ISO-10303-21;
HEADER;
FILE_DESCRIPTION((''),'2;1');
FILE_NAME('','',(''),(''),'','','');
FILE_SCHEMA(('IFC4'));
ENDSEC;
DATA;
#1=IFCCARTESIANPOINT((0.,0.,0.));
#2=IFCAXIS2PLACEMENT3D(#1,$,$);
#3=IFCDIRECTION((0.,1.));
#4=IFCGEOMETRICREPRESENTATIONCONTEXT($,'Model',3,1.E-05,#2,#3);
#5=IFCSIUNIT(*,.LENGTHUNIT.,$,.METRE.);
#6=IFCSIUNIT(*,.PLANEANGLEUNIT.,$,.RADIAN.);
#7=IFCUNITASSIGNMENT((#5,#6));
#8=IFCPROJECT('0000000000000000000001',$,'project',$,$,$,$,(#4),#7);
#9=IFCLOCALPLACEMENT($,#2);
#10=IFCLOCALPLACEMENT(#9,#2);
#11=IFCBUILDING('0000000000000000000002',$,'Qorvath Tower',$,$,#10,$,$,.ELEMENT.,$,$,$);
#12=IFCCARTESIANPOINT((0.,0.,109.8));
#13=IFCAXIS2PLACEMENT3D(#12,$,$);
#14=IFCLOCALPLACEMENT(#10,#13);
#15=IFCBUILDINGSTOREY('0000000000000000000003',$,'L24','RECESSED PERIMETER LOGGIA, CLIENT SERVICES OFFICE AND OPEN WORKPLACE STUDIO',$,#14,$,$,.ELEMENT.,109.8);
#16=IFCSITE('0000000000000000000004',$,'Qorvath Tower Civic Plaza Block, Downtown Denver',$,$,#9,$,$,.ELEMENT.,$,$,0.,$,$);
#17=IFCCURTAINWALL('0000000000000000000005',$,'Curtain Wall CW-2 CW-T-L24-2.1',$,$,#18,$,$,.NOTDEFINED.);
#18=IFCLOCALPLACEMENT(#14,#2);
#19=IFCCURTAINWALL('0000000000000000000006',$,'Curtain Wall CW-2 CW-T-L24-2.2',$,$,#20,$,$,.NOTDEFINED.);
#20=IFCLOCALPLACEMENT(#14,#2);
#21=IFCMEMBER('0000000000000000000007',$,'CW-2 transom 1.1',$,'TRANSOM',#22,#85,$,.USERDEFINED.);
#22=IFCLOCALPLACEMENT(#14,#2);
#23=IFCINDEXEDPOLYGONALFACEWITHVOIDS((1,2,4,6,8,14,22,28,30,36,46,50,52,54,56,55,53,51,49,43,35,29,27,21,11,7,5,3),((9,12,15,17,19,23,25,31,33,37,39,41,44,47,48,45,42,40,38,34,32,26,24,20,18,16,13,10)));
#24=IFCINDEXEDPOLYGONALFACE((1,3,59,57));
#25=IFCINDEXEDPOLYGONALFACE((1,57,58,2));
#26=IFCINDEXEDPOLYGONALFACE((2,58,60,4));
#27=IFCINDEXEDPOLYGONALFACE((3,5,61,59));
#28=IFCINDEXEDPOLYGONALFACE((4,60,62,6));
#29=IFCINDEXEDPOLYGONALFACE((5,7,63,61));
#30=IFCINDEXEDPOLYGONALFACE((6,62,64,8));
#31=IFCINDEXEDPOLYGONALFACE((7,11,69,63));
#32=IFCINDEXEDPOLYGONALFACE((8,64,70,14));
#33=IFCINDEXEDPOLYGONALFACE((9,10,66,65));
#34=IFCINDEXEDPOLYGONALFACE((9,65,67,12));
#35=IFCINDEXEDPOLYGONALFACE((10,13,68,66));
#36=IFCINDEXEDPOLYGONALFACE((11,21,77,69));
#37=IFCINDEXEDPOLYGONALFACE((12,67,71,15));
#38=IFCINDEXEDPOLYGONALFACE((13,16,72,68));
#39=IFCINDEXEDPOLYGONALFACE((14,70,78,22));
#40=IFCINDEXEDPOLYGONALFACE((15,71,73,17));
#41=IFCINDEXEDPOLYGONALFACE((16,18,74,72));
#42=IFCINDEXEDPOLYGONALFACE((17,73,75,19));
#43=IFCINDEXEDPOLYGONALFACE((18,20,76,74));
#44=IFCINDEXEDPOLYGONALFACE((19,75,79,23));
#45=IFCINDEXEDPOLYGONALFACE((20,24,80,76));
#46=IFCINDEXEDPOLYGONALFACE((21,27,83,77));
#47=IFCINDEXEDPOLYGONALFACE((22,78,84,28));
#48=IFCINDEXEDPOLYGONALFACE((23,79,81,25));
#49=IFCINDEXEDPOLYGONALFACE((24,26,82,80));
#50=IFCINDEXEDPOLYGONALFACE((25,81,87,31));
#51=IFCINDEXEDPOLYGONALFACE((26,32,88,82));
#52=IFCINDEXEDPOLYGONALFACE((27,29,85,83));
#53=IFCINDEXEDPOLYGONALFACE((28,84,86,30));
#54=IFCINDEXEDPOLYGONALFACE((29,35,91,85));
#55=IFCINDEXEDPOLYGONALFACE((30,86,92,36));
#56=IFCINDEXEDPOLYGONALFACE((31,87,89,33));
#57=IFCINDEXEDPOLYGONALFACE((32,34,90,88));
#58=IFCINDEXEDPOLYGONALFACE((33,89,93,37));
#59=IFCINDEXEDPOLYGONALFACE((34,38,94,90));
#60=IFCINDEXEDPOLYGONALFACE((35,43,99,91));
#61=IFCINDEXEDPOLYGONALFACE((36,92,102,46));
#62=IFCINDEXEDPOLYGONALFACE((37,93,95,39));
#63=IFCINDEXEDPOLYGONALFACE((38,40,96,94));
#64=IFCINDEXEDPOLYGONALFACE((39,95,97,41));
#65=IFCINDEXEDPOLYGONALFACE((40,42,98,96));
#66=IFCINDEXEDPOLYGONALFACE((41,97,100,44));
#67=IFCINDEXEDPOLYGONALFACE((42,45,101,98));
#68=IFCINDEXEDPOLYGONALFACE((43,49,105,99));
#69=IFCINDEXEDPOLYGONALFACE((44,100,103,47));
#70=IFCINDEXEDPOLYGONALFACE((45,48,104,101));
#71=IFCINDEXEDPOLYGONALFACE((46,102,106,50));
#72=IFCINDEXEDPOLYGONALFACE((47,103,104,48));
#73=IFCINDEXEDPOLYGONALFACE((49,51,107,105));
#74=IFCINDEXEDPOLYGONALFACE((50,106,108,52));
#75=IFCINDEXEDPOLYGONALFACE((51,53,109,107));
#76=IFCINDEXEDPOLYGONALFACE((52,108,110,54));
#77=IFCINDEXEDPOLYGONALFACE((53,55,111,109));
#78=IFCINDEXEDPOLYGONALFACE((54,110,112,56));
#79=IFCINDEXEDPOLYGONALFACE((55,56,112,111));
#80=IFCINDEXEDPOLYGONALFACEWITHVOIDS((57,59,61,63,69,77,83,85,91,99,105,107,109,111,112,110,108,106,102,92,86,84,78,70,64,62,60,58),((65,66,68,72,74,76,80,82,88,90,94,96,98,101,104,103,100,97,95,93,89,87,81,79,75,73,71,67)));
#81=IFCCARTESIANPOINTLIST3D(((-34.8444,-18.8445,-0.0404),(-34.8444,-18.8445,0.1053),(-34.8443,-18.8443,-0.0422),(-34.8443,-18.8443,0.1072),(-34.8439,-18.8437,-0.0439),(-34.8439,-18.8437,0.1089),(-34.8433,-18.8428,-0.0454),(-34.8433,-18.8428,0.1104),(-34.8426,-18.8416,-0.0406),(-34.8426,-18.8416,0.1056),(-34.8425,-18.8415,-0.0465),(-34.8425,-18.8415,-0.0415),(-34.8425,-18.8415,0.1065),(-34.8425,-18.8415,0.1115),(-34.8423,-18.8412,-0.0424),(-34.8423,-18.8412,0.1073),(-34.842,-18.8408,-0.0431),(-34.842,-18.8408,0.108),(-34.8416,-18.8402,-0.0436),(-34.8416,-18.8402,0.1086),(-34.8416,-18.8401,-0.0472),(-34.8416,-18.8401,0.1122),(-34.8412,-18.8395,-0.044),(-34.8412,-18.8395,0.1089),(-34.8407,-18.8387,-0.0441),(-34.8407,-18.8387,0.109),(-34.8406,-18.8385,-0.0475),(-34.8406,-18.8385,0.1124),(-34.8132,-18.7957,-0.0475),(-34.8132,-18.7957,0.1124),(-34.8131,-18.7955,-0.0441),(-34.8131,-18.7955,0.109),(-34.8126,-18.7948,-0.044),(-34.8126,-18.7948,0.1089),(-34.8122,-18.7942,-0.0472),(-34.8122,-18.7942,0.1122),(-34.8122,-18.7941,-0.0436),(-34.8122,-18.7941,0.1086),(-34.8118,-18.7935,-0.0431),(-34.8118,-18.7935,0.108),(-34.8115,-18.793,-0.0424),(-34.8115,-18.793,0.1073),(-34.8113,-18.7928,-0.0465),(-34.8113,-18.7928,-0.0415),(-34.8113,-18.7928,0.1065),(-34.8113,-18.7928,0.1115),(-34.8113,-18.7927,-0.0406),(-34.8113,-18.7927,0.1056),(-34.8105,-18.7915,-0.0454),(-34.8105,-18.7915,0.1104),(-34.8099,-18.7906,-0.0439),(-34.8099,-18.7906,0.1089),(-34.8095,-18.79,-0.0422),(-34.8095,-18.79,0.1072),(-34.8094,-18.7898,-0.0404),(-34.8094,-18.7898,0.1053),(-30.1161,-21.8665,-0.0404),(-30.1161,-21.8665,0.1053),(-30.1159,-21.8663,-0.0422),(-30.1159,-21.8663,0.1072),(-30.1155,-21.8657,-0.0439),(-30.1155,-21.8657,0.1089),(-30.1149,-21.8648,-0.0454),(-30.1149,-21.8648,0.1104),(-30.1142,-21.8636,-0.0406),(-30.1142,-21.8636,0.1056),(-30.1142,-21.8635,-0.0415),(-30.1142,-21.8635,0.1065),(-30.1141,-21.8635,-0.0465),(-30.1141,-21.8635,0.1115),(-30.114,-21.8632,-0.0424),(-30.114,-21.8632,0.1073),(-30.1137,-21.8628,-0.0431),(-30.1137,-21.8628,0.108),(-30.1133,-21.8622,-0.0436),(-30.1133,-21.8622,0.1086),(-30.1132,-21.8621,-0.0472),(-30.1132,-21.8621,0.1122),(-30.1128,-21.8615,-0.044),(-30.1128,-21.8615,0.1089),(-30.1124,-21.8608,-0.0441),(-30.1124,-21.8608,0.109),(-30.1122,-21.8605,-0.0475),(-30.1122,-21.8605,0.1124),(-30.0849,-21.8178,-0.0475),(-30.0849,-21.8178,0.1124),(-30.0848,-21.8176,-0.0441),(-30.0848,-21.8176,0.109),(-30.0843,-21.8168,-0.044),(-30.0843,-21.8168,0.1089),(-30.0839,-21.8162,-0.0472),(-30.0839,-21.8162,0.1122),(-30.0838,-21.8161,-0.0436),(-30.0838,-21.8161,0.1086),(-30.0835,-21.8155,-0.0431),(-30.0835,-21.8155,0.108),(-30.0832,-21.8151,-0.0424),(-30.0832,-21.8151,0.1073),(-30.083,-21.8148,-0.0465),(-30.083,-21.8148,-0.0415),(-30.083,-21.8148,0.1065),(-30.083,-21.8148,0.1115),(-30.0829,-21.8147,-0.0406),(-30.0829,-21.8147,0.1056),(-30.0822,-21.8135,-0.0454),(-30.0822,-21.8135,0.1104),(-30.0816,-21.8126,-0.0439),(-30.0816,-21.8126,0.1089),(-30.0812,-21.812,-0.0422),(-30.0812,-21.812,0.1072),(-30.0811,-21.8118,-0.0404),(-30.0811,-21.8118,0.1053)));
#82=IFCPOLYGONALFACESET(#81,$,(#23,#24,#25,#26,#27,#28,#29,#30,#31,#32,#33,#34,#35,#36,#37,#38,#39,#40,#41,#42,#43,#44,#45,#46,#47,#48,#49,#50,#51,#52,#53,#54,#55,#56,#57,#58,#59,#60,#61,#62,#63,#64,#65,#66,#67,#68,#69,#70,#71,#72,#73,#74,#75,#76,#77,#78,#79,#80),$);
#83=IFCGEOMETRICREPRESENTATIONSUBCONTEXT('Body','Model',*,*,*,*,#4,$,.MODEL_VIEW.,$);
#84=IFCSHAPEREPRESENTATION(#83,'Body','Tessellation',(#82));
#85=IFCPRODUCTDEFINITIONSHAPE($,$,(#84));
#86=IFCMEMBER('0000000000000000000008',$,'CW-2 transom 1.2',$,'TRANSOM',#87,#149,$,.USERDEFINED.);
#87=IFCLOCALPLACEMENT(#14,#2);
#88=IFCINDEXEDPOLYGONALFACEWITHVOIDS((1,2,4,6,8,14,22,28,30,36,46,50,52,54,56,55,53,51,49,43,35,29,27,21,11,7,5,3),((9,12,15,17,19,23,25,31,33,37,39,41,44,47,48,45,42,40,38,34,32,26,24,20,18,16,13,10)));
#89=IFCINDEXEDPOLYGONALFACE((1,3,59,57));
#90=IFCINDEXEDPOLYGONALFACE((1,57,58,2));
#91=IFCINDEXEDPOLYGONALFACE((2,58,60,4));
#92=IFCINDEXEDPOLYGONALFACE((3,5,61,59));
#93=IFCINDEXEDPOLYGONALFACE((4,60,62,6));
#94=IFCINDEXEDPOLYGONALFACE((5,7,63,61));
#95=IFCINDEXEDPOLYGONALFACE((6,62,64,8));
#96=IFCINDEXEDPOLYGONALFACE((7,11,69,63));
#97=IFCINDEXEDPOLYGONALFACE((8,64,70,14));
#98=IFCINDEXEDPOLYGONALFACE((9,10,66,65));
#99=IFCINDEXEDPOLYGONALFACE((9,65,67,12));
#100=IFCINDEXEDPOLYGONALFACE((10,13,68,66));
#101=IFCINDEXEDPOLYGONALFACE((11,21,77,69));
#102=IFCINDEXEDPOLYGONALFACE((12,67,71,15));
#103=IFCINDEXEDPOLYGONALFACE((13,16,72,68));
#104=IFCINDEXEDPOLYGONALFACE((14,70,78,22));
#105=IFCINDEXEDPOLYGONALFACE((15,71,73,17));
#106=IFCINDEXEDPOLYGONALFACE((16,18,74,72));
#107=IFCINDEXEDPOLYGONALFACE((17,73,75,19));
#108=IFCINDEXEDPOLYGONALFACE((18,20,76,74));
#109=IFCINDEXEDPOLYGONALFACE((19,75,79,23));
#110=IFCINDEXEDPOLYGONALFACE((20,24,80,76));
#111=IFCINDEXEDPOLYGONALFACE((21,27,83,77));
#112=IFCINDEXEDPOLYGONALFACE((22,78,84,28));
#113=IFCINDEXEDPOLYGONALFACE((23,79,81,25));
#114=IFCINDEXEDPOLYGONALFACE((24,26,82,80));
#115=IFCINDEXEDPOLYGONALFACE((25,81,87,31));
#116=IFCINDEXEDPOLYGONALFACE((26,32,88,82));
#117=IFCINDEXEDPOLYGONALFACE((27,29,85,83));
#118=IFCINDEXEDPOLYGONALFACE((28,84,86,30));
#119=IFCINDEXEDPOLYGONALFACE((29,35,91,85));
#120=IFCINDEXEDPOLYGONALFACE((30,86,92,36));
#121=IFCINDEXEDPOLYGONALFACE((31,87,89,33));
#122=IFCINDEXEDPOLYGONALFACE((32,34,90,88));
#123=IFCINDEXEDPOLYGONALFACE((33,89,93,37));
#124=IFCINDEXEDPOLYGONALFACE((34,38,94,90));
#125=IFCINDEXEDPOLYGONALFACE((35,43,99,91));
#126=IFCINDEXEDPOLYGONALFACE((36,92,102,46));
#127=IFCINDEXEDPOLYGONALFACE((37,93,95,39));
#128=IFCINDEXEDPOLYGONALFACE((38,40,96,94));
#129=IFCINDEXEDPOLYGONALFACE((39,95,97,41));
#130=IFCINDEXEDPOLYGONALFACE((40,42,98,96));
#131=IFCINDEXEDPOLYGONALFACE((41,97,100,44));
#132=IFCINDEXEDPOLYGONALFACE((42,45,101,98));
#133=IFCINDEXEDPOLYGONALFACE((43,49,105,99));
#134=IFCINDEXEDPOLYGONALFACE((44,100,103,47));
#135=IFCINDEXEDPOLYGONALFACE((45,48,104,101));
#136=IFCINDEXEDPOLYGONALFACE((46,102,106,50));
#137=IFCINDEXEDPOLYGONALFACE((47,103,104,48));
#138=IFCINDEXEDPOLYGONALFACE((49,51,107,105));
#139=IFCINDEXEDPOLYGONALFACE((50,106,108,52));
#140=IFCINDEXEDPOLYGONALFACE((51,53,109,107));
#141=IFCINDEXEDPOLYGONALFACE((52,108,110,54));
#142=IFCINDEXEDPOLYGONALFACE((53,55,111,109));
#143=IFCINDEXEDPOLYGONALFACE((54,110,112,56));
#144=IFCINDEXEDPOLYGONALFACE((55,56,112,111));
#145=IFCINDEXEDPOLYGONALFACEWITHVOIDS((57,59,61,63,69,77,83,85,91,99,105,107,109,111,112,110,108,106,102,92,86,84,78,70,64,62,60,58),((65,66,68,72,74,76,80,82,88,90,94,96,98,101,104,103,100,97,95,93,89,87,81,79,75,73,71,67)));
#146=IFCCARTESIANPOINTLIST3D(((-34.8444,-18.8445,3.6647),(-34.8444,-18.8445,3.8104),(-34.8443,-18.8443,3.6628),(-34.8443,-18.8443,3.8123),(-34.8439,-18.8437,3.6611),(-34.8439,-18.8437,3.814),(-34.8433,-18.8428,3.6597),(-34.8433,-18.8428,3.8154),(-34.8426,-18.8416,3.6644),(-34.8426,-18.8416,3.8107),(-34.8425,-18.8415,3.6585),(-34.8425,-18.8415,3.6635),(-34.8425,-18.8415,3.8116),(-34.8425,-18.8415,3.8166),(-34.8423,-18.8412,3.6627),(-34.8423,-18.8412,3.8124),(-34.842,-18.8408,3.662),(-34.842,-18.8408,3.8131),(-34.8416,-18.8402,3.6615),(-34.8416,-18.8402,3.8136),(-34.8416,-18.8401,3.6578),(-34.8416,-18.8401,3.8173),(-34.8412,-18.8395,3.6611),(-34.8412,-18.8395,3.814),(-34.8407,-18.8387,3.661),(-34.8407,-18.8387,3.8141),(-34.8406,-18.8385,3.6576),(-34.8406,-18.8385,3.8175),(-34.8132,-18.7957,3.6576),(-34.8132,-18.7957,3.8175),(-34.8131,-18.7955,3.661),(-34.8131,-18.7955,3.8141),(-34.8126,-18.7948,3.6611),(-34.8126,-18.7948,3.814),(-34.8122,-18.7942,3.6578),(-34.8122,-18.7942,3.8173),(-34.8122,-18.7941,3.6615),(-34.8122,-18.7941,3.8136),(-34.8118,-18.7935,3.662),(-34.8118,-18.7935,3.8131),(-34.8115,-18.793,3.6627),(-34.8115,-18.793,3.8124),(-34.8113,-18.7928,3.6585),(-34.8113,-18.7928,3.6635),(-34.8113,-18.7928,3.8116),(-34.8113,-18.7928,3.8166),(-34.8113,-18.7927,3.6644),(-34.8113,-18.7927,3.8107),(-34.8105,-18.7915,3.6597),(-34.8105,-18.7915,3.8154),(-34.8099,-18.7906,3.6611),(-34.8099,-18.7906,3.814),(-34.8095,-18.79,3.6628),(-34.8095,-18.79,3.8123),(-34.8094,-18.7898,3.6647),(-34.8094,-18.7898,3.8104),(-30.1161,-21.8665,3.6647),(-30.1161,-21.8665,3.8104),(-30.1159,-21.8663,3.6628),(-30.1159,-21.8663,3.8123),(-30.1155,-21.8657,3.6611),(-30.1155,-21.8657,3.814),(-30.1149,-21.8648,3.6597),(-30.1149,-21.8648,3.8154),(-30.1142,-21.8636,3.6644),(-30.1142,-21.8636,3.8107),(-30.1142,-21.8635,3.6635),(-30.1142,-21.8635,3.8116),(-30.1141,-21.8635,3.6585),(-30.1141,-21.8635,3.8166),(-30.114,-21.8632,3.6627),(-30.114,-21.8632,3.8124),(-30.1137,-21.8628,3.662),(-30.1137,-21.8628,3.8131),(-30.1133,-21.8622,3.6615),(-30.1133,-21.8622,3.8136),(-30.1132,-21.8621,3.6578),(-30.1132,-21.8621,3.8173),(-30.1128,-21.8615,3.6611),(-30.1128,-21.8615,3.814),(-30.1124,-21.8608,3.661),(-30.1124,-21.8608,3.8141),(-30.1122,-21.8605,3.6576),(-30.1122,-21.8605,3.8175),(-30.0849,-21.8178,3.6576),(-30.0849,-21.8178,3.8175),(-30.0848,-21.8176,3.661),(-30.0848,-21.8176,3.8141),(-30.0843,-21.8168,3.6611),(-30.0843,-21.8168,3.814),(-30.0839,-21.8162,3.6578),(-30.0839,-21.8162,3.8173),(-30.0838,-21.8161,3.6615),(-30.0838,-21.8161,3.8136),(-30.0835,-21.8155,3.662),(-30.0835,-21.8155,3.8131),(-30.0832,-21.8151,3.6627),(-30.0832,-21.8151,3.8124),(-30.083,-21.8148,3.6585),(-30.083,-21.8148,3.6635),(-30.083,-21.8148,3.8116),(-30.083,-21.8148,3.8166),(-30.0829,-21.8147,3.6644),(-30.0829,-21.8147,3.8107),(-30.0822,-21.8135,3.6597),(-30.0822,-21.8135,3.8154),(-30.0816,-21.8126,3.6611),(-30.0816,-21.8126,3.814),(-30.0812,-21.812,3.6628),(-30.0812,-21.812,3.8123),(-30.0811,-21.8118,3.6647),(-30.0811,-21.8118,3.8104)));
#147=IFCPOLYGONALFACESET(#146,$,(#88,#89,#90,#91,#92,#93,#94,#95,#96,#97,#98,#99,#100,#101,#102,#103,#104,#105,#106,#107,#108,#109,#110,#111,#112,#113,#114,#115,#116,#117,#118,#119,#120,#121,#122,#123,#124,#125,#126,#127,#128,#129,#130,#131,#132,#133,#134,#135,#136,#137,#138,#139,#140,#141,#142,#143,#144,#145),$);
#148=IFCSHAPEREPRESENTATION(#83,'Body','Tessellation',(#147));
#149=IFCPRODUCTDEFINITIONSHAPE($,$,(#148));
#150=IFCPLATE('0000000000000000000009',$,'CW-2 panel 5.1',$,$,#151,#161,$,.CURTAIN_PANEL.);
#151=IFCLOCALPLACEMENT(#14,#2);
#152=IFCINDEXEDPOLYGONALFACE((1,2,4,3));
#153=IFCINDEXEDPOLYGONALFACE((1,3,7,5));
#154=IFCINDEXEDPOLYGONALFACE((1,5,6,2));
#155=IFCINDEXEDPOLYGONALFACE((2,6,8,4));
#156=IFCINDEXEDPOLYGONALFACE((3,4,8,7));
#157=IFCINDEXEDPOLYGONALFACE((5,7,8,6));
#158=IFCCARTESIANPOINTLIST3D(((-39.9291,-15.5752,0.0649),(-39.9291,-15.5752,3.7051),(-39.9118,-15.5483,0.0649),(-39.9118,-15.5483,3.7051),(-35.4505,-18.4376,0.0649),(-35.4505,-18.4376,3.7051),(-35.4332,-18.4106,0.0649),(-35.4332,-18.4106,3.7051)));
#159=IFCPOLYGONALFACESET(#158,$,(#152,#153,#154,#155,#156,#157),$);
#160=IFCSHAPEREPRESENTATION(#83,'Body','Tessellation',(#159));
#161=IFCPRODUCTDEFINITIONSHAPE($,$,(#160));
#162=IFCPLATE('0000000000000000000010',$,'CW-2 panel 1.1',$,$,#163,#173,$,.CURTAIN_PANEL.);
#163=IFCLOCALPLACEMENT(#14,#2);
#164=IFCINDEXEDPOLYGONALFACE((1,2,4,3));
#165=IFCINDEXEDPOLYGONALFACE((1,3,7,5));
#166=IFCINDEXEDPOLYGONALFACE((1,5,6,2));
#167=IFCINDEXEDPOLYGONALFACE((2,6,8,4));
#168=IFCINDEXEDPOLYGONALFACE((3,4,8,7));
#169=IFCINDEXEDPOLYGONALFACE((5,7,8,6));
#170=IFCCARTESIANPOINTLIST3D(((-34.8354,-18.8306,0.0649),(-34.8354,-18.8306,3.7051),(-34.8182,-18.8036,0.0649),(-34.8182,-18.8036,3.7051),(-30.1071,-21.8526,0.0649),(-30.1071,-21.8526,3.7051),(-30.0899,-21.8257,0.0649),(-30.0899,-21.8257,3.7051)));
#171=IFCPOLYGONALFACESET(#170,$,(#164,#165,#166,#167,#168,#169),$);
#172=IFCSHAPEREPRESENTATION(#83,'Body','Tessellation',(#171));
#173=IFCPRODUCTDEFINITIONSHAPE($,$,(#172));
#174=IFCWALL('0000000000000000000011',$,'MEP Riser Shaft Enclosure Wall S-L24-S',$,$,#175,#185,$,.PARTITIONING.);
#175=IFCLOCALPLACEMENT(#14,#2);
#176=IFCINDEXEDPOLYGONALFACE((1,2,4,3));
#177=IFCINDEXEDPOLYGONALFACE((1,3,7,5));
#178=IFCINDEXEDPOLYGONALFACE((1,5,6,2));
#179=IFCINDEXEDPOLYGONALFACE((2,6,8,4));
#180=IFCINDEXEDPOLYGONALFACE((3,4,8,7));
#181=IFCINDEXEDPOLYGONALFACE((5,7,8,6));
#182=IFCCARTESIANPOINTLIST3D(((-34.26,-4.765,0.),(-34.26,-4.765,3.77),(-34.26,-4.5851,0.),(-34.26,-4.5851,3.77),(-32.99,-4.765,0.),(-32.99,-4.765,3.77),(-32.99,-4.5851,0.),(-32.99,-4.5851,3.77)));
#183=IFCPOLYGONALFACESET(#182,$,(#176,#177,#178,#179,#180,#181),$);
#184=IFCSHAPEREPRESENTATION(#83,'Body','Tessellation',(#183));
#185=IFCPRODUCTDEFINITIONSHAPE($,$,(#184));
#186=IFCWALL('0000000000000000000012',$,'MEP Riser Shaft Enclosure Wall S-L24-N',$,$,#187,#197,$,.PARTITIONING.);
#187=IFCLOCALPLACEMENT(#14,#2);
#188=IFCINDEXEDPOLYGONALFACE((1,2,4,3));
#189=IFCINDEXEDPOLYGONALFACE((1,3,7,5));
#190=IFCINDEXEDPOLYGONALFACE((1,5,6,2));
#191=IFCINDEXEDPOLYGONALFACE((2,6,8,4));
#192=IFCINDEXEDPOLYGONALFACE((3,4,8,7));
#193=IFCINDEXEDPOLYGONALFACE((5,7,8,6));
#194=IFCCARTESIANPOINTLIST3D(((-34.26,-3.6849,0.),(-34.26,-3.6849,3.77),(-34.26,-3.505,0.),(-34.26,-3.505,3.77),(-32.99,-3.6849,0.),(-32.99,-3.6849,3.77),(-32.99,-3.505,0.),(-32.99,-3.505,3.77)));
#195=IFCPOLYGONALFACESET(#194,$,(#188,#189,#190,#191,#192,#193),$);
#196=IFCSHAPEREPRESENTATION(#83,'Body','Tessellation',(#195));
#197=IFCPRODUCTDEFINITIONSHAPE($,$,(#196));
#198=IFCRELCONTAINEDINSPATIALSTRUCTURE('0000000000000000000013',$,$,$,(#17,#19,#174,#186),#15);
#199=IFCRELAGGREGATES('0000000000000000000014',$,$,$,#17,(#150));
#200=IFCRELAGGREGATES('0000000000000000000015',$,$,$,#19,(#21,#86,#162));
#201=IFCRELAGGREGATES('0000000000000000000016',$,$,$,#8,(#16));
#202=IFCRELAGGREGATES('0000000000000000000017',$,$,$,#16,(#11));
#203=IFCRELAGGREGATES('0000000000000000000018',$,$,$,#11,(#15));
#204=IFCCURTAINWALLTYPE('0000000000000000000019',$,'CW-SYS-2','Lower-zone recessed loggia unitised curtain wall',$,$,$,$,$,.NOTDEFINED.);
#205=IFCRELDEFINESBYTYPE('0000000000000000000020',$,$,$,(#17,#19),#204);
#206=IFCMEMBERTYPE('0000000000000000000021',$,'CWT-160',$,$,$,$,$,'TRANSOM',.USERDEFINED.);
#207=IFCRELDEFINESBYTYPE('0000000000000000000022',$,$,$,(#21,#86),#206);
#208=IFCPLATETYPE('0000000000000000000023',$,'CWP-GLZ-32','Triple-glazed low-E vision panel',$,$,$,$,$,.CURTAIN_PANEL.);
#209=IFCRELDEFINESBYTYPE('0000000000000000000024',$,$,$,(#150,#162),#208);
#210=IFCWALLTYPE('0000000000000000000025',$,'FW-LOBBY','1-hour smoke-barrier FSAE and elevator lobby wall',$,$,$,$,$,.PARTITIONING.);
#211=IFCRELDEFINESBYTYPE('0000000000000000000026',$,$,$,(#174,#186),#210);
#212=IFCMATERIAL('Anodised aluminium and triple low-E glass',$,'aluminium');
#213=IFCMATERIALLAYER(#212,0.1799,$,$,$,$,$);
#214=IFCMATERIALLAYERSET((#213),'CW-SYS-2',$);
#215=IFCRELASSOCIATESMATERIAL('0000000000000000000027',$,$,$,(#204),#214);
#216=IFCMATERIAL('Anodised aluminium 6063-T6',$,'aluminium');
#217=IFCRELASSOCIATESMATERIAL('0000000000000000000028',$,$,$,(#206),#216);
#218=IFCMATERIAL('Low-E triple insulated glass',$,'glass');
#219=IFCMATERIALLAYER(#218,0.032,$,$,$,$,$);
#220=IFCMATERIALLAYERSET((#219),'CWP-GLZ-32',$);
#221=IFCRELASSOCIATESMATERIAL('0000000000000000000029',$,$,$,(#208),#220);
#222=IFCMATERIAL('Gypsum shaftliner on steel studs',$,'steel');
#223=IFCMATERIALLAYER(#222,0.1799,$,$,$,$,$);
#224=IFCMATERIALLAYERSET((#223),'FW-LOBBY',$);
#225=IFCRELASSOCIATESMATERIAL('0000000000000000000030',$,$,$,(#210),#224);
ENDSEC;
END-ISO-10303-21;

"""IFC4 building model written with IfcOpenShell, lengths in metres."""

from ifc_helpers import new_model, si_unit, direction, frame, frame_2d, origin, origin_2d, place, context, subcontext, project, spatial, rectangle, hollow_rectangle, extrude, material, layer, layer_set, material_profile, profile_set, type_object, element, aggregate, save


model = new_model("IFC4")

# Units and contexts
model_context = context("Model", 3, precision=1e-05, world=origin(), true_north=direction((0.0, 1.0)))
body_context = subcontext(model_context, "Body", "Model", "MODEL_VIEW")
ifc_project = project(units=[si_unit("LENGTHUNIT", "METRE"), si_unit("PLANEANGLEUNIT", "RADIAN")], contexts=[model_context])

# Site, building, storey
site_placement = place(None, origin())
site = spatial("IfcSite", under=ifc_project, at=site_placement, Name="Qorvath Tower Civic Plaza Block, Downtown Denver", CompositionType="ELEMENT", RefElevation=0.0)
building_placement = place(site_placement, origin())
building = spatial("IfcBuilding", under=site, at=building_placement, Name="Qorvath Tower", CompositionType="ELEMENT")
storey_placement = place(building_placement, frame((0.0, 0.0, 109.8)))
storey = spatial("IfcBuildingStorey", under=building, at=storey_placement, Name="L24", Description="RECESSED PERIMETER LOGGIA, CLIENT SERVICES OFFICE AND OPEN WORKPLACE STUDIO", CompositionType="ELEMENT", Elevation=109.8)

# Curtain wall
ifc_material_1 = material(Name="Anodised aluminium and triple low-E glass", Category="aluminium")
ifc_layer_1 = layer(ifc_material_1, 0.1799)
ifc_layer_set_1 = layer_set([ifc_layer_1], Name="CW-SYS-2")
curtain_wall_type = type_object("IfcCurtainWallType", Name="CW-SYS-2", Description="Lower-zone recessed loggia unitised curtain wall", PredefinedType="NOTDEFINED", material=ifc_layer_set_1)
curtain_wall_1_placement = place(storey_placement, origin())
curtain_wall_1 = element("IfcCurtainWall", 1, at=curtain_wall_1_placement, inside=storey, type_object=curtain_wall_type, Name="Curtain Wall CW-2 CW-T-L24-2.1", PredefinedType="NOTDEFINED")

# Curtain wall, members
curtain_wall_2_placement = place(storey_placement, origin())
curtain_wall_2 = element("IfcCurtainWall", 2, at=curtain_wall_2_placement, inside=storey, type_object=curtain_wall_type, Name="Curtain Wall CW-2 CW-T-L24-2.2", PredefinedType="NOTDEFINED")
ifc_material_2 = material(Name="Anodised aluminium 6063-T6", Category="aluminium")
ifc_material_profile_1 = material_profile(ifc_material_2, hollow_rectangle(XDim=0.0649, YDim=0.1599, WallThickness=0.0034, InnerFilletRadius=0.0034, OuterFilletRadius=0.0071, at=origin_2d()), Name="CWT 160x65")
ifc_profile_set_1 = profile_set([ifc_material_profile_1], Name="Anodised aluminium 6063-T6")
member_type_1 = type_object("IfcMemberType", Name="CWT-160", ElementType="TRANSOM", PredefinedType="USERDEFINED", material=ifc_profile_set_1)
member_1_placement = place(storey_placement, frame((-34.8269, -18.8171, 0.0325), z_axis=(0.842605, -0.538533, 0.0), x_axis=(0.538533, 0.842605, 0.0)))
member_1 = element("IfcMember", 3, at=member_1_placement, type_object=member_type_1, Name="CW-2 transom 1.1", ObjectType="TRANSOM", PredefinedType="USERDEFINED", context=body_context, shape_type="SweptSolid", body=[
    extrude(hollow_rectangle(XDim=0.0649, YDim=0.1599, WallThickness=0.0034, InnerFilletRadius=0.0034, OuterFilletRadius=0.0071, at=origin_2d()), origin(), (0.0, 0.0, 1.0), 5.6116),
])
member_2_placement = place(storey_placement, frame((-34.8269, -18.8171, 3.7375), z_axis=(0.842605, -0.538533, 0.0), x_axis=(0.538533, 0.842605, 0.0)))
member_2 = element("IfcMember", 4, at=member_2_placement, type_object=member_type_1, Name="CW-2 transom 1.2", ObjectType="TRANSOM", PredefinedType="USERDEFINED", context=body_context, shape_type="SweptSolid", body=[
    extrude(hollow_rectangle(XDim=0.0649, YDim=0.1599, WallThickness=0.0034, InnerFilletRadius=0.0034, OuterFilletRadius=0.0071, at=origin_2d()), origin(), (0.0, 0.0, 1.0), 5.6116),
])

# Plates
ifc_material_3 = material(Name="Low-E triple insulated glass", Category="glass")
ifc_layer_2 = layer(ifc_material_3, 0.032)
ifc_layer_set_2 = layer_set([ifc_layer_2], Name="CWP-GLZ-32")
plate_type = type_object("IfcPlateType", Name="CWP-GLZ-32", Description="Triple-glazed low-E vision panel", PredefinedType="CURTAIN_PANEL", material=ifc_layer_set_2)
plate_1_placement = place(storey_placement, frame((-37.6812, -16.9929, 0.0649), z_axis=(0.0, 0.0, 1.0), x_axis=(0.842606, -0.53853, 0.0)))
plate_1 = element("IfcPlate", 5, at=plate_1_placement, type_object=plate_type, Name="CW-2 panel 5.1", PredefinedType="CURTAIN_PANEL", context=body_context, shape_type="SweptSolid", body=[
    extrude(rectangle(XDim=5.3152, YDim=0.032, at=origin_2d()), origin(), (0.0, 0.0, 1.0), 3.6401),
])
aggregate(curtain_wall_1, [plate_1])
plate_2_placement = place(storey_placement, frame((-32.4626, -20.3281, 0.0649), z_axis=(0.0, 0.0, 1.0), x_axis=(0.842601, -0.538538, 0.0)))
plate_2 = element("IfcPlate", 6, at=plate_2_placement, type_object=plate_type, Name="CW-2 panel 1.1", PredefinedType="CURTAIN_PANEL", context=body_context, shape_type="SweptSolid", body=[
    extrude(rectangle(XDim=5.6116, YDim=0.032, at=origin_2d()), origin(), (0.0, 0.0, 1.0), 3.6401),
])
aggregate(curtain_wall_2, [member_1, member_2, plate_2])

# Walls
ifc_material_4 = material(Name="Gypsum shaftliner on steel studs", Category="steel")
ifc_layer_3 = layer(ifc_material_4, 0.1799)
ifc_layer_set_3 = layer_set([ifc_layer_3], Name="FW-LOBBY")
wall_type_1 = type_object("IfcWallType", Name="FW-LOBBY", Description="1-hour smoke-barrier FSAE and elevator lobby wall", PredefinedType="PARTITIONING", material=ifc_layer_set_3)
for number, where, z_axis, x_axis, name in (
    (7, (-32.99, -4.675, 0.0), (0.0, 0.0, 1.0), (-1.0, 0.0, 0.0), "MEP Riser Shaft Enclosure Wall S-L24-S"),
    (8, (-34.26, -3.595, 0.0), (0.0, 0.0, 1.0), (1.0, 0.0, 0.0), "MEP Riser Shaft Enclosure Wall S-L24-N"),
):
    element("IfcWall", number, at=place(storey_placement, frame(where, z_axis=z_axis, x_axis=x_axis)), inside=storey, type_object=wall_type_1, Name=name, PredefinedType="PARTITIONING", context=body_context, shape_type="SweptSolid", body=[
        extrude(rectangle(XDim=1.27, YDim=0.1799, at=frame_2d((0.635, 0.0))), origin(), (0.0, 0.0, 1.0), 3.77),
    ])

save(model, "model.ifc")
